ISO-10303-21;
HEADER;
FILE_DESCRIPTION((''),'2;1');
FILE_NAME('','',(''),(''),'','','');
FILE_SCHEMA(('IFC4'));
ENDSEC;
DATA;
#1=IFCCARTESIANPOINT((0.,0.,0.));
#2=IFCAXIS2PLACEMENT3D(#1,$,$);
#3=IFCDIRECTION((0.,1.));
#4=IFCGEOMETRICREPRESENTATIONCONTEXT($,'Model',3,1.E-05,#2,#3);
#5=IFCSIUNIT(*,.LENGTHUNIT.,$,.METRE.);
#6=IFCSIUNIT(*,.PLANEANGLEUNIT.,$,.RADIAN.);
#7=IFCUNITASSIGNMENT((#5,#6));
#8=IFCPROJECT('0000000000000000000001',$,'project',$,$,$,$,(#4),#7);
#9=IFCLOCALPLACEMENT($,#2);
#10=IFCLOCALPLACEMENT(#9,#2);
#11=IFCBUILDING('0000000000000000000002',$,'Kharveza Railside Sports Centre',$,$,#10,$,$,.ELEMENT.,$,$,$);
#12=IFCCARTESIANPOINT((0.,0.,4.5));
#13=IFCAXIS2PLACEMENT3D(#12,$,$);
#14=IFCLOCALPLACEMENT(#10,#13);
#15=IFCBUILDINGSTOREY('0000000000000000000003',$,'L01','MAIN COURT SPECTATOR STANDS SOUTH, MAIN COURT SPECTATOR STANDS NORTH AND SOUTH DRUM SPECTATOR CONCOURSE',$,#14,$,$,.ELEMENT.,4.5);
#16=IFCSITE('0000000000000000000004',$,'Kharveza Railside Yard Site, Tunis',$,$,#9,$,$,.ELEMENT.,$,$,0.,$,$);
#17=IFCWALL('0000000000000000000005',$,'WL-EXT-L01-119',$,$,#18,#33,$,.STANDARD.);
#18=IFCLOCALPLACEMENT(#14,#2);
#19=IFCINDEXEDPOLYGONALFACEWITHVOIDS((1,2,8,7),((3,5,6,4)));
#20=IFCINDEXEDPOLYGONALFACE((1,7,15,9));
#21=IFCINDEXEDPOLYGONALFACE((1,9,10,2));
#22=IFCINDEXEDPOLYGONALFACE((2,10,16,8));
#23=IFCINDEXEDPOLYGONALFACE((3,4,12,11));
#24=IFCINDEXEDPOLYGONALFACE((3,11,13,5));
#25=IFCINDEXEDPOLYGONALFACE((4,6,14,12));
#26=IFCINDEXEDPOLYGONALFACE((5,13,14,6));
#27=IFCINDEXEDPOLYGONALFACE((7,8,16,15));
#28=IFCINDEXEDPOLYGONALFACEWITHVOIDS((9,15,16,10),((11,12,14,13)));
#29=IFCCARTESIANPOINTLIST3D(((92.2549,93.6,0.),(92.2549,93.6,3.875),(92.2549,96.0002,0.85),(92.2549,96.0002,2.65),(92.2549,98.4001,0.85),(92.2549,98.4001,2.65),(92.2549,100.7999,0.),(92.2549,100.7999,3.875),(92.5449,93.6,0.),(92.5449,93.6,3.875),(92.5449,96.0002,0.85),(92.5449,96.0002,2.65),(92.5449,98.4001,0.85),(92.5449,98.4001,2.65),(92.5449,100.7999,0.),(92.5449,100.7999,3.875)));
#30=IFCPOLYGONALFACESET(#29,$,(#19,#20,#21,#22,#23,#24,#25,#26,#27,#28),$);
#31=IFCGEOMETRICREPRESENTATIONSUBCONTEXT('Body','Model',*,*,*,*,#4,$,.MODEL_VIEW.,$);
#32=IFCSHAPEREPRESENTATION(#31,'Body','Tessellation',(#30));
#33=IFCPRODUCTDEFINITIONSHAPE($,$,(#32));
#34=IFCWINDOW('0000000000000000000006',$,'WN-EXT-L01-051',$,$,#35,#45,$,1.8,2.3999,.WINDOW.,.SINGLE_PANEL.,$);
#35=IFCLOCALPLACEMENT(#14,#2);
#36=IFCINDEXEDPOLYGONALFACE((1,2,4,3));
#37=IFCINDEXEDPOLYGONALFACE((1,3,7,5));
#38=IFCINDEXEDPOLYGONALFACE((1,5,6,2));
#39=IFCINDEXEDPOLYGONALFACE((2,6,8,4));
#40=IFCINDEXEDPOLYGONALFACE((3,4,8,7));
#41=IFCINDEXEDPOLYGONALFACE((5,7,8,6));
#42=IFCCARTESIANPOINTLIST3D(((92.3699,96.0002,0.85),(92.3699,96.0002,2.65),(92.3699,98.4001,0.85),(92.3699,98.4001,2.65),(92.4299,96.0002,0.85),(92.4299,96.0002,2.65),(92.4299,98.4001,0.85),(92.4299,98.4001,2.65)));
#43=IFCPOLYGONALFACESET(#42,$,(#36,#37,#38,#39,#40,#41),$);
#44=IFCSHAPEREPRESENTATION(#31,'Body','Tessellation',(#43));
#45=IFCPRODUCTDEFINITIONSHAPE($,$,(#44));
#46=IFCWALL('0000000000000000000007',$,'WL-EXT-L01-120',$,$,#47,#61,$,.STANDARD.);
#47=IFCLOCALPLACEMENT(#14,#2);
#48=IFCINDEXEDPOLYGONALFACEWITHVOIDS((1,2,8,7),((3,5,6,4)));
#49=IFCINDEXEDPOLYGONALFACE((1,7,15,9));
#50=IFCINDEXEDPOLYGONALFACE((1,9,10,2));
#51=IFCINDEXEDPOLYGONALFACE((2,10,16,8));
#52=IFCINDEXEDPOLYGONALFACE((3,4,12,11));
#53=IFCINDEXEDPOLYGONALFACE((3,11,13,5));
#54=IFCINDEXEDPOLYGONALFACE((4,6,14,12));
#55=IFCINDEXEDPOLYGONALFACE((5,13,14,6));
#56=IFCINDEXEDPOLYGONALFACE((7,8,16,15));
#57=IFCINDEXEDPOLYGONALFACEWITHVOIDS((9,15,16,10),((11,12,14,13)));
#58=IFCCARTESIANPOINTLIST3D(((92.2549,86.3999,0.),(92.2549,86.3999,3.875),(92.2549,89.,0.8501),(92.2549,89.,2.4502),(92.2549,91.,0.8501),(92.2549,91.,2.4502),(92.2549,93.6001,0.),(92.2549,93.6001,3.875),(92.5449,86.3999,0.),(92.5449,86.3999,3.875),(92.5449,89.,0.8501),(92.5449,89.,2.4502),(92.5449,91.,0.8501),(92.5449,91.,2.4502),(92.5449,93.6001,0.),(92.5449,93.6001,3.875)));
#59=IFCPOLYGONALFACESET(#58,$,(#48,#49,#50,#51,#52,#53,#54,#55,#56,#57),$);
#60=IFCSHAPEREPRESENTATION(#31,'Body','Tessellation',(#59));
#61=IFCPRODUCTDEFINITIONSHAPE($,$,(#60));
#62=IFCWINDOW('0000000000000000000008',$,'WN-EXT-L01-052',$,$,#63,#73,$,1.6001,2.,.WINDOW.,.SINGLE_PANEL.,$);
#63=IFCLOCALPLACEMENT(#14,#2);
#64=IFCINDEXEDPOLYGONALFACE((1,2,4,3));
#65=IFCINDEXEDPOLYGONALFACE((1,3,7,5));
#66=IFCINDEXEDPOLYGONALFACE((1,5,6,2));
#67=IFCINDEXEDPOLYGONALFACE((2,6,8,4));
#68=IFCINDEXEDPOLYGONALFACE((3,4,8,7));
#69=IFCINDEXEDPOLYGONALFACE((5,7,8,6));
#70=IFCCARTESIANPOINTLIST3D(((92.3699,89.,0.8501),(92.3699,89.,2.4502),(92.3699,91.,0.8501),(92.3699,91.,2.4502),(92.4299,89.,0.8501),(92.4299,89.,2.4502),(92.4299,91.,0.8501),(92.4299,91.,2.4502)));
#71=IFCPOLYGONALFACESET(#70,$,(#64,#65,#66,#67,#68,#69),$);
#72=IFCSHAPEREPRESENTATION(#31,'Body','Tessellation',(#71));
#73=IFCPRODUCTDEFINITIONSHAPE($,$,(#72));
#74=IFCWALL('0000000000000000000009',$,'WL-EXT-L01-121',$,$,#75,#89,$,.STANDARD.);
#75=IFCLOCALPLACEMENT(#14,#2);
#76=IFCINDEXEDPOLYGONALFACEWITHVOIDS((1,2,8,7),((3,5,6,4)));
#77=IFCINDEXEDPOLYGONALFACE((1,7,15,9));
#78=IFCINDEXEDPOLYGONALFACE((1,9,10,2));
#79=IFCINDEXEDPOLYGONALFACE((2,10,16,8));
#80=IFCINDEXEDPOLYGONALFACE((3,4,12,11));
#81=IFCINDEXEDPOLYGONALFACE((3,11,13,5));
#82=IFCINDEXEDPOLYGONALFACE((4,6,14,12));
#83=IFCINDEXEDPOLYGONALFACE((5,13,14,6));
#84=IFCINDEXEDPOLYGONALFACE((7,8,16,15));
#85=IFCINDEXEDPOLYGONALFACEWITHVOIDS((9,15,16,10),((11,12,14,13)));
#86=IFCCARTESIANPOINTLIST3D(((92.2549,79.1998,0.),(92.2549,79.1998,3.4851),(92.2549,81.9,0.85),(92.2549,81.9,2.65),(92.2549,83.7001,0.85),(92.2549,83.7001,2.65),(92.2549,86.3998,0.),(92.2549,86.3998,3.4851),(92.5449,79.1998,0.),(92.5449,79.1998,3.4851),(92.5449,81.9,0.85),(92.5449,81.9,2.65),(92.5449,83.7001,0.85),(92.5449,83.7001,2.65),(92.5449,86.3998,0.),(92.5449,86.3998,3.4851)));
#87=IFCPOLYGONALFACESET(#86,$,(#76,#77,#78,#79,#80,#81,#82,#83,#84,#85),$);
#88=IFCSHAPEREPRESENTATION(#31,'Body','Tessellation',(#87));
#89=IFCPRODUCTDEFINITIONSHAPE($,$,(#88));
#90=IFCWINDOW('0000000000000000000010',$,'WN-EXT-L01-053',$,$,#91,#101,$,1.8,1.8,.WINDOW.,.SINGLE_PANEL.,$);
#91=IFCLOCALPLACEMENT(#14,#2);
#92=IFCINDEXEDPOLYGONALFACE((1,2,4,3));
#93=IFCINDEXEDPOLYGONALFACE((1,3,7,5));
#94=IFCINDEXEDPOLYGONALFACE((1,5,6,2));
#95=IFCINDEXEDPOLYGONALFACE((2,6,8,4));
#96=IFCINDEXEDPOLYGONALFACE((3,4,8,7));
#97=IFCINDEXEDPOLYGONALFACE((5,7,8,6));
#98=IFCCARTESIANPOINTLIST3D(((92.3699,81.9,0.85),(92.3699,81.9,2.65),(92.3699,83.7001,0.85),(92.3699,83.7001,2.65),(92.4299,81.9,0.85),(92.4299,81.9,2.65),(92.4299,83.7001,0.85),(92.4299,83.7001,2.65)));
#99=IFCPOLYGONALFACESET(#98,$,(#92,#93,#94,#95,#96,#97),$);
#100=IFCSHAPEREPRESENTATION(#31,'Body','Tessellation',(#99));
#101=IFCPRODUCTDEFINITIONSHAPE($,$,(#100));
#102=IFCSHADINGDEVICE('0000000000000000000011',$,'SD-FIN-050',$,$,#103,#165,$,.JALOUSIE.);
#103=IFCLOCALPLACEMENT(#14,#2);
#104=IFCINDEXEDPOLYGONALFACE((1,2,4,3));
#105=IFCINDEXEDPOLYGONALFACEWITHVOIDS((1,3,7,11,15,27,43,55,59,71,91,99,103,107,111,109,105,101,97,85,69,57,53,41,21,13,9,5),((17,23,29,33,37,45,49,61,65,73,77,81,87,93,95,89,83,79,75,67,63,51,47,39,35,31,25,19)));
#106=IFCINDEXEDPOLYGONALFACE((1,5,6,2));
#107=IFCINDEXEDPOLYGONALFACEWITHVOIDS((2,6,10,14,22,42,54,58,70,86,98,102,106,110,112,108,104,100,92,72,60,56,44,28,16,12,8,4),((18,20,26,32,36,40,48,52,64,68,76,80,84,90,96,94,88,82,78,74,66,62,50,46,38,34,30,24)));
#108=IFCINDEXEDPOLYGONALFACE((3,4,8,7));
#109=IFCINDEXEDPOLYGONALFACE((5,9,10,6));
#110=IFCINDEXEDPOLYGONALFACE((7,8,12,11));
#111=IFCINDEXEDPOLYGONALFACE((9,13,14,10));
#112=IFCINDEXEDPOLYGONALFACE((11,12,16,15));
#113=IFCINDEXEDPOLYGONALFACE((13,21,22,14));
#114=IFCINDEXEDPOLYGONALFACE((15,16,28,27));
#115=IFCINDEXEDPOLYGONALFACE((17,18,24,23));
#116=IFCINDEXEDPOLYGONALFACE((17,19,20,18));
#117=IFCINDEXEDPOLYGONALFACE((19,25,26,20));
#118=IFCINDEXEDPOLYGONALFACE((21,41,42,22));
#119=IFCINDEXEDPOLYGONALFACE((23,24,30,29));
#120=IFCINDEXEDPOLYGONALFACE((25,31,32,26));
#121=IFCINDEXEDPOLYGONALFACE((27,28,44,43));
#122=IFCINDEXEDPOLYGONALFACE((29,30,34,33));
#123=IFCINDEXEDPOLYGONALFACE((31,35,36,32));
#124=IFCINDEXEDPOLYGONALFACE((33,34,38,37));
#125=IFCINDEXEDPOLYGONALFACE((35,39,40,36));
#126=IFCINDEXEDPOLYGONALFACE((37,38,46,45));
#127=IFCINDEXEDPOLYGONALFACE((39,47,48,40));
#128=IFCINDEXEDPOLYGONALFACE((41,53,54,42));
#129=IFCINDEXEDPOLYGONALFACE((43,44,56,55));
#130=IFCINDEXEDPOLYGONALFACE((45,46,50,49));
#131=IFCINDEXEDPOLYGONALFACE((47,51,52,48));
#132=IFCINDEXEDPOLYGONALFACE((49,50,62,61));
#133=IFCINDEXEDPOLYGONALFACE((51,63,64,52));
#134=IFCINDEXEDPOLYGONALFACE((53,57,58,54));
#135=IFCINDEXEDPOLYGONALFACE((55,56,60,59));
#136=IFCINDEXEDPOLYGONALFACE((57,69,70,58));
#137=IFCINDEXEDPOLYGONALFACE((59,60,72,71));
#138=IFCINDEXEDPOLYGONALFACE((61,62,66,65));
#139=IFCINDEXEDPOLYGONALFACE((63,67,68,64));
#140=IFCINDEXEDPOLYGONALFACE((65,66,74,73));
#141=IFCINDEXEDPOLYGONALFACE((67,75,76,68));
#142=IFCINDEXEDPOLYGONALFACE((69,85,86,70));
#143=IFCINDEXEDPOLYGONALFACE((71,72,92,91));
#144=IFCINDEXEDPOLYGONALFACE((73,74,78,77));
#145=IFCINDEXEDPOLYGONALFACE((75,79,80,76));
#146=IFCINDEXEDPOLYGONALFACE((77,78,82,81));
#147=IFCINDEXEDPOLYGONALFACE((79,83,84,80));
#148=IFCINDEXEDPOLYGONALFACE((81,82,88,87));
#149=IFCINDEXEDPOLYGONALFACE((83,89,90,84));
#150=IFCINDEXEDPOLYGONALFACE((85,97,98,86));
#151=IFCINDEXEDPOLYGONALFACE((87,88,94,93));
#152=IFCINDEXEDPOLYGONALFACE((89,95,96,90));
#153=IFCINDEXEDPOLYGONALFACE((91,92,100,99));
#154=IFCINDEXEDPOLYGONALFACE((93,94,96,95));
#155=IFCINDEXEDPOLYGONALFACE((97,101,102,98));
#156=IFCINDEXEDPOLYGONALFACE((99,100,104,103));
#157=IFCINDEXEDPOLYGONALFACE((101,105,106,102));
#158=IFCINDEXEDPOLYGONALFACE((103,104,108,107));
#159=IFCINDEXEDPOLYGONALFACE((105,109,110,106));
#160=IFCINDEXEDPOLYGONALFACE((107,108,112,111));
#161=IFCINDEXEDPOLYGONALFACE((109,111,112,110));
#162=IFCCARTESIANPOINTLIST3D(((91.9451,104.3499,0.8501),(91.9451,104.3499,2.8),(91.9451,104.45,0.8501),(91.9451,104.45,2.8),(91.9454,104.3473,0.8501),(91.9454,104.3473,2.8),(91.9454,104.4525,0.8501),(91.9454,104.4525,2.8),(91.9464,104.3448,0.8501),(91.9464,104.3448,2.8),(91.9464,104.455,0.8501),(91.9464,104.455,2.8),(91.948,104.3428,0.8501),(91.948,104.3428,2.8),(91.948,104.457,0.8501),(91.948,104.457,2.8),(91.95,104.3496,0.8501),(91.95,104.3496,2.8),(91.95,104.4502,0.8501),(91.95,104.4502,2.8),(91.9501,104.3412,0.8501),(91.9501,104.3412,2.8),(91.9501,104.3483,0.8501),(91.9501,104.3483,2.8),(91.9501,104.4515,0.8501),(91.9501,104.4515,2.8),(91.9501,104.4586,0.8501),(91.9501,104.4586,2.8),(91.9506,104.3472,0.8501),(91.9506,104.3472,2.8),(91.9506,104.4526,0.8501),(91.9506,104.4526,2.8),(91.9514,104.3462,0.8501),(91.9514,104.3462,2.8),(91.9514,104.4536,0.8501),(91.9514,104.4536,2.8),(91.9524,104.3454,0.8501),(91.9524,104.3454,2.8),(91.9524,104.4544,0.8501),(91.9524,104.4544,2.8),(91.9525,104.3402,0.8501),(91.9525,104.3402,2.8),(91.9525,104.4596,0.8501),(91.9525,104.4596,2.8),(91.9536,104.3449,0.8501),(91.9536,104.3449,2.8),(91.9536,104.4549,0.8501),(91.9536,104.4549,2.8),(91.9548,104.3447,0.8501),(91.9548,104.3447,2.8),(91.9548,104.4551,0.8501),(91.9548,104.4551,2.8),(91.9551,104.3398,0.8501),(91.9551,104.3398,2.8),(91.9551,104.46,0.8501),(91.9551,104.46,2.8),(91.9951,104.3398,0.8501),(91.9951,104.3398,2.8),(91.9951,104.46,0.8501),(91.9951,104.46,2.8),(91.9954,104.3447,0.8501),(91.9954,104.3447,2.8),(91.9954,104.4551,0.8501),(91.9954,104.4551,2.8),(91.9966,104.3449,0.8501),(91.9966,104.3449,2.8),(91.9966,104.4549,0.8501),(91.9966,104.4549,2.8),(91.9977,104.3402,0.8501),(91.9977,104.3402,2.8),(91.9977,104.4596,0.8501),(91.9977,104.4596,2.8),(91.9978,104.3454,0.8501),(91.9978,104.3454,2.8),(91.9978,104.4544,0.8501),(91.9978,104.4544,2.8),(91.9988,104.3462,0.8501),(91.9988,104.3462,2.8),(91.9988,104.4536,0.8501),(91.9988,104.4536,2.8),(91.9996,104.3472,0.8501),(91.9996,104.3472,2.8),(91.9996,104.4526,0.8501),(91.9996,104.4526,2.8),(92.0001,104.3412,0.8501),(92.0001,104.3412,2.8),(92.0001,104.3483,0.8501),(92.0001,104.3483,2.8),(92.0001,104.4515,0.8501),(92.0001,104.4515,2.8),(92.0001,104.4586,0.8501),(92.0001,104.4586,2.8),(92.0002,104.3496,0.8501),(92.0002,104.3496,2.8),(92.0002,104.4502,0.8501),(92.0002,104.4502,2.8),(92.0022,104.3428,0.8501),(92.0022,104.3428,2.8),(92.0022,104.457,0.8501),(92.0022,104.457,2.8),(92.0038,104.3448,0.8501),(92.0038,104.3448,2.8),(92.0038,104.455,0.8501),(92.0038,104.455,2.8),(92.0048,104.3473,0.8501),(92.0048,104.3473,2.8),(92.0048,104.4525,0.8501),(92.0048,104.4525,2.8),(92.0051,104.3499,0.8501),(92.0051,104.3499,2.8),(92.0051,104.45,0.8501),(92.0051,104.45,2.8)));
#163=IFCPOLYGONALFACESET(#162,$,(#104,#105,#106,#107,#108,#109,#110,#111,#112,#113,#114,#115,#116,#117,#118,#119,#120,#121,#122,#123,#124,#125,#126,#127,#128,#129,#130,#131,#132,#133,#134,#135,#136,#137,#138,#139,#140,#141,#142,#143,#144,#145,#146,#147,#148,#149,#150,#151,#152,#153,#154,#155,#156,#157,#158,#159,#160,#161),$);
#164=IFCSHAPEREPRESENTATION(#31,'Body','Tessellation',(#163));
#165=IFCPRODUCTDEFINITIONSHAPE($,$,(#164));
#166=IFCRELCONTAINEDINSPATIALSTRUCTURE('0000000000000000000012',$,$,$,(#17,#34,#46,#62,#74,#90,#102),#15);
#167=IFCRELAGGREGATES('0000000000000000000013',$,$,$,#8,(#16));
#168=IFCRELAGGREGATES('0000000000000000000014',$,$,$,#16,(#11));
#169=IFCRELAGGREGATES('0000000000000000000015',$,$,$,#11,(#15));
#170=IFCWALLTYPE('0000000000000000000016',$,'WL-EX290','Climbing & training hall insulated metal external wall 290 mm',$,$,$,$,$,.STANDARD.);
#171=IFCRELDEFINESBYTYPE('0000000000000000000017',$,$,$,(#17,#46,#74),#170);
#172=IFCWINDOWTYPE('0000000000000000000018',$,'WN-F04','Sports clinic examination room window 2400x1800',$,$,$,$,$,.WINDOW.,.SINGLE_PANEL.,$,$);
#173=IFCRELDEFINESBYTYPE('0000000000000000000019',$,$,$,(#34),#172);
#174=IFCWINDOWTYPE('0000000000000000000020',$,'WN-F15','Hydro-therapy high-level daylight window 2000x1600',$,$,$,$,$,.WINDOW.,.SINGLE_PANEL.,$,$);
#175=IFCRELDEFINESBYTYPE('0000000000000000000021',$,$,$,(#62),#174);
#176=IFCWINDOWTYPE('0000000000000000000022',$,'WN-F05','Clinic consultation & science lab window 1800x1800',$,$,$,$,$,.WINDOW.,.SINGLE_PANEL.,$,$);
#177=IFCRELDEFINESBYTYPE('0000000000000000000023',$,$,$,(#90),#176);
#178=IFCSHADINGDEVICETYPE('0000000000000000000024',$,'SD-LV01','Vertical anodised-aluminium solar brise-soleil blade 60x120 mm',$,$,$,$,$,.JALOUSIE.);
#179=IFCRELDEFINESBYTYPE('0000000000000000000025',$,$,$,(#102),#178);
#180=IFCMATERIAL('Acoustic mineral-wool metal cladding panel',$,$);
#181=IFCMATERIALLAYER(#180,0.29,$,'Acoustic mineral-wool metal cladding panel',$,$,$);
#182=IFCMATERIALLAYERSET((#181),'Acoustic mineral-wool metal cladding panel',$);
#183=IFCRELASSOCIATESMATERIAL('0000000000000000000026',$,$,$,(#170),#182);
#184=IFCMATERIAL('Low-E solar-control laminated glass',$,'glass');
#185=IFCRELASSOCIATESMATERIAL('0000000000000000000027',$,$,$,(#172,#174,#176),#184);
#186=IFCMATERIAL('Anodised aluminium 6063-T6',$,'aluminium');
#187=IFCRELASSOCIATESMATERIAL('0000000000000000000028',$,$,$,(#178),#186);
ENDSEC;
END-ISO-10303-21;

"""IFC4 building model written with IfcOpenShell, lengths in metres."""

from ifc_helpers import new_model, si_unit, direction, frame, frame_2d, origin, origin_2d, place, context, subcontext, project, spatial, rectangle, hollow_rectangle, extrude, material, layer, layer_set, material_profile, profile_set, type_object, element, fill, save


model = new_model("IFC4")

# Units and contexts
model_context = context("Model", 3, precision=1e-05, world=origin(), true_north=direction((0.0, 1.0)))
body_context = subcontext(model_context, "Body", "Model", "MODEL_VIEW")
ifc_project = project(units=[si_unit("LENGTHUNIT", "METRE"), si_unit("PLANEANGLEUNIT", "RADIAN")], contexts=[model_context])

# Site, building, storey
site_placement = place(None, origin())
site = spatial("IfcSite", under=ifc_project, at=site_placement, Name="Kharveza Railside Yard Site, Tunis", CompositionType="ELEMENT", RefElevation=0.0)
building_placement = place(site_placement, origin())
building = spatial("IfcBuilding", under=site, at=building_placement, Name="Kharveza Railside Sports Centre", CompositionType="ELEMENT")
storey_placement = place(building_placement, frame((0.0, 0.0, 4.5)))
storey = spatial("IfcBuildingStorey", under=building, at=storey_placement, Name="L01", Description="MAIN COURT SPECTATOR STANDS SOUTH, MAIN COURT SPECTATOR STANDS NORTH AND SOUTH DRUM SPECTATOR CONCOURSE", CompositionType="ELEMENT", Elevation=4.5)

# Shared definitions
ifc_material_1 = material(Name="Acoustic mineral-wool metal cladding panel")

# Walls, openings, windows
ifc_layer_1 = layer(ifc_material_1, 0.29, Name="Acoustic mineral-wool metal cladding panel")
ifc_layer_set_1 = layer_set([ifc_layer_1], Name="Acoustic mineral-wool metal cladding panel")
wall_type_1 = type_object("IfcWallType", Name="WL-EX290", Description="Climbing & training hall insulated metal external wall 290 mm", PredefinedType="STANDARD", material=ifc_layer_set_1)
ifc_material_2 = material(Name="Low-E solar-control laminated glass", Category="glass")
wall_1_placement = place(storey_placement, frame((92.3999, 100.8, 0.0), z_axis=(0.0, 0.0, 1.0), x_axis=(0.0, -1.0, 0.0)))
wall_1 = element("IfcWall", 1, at=wall_1_placement, inside=storey, type_object=wall_type_1, Name="WL-EXT-L01-119", PredefinedType="STANDARD", context=body_context, shape_type="SweptSolid", body=[
    extrude(rectangle(XDim=7.2, YDim=0.29, at=frame_2d((3.6001, 0.0))), origin(), (0.0, 0.0, 1.0), 3.875),
])
opening_1_placement = place(wall_1_placement, frame((2.3999, 0.0, 0.8501)))
opening_1 = element("IfcOpeningElement", 2, at=opening_1_placement, cuts=wall_1, PredefinedType="OPENING", context=body_context, shape_type="SweptSolid", body=[
    extrude(rectangle(XDim=2.3999, YDim=1.8, at=frame_2d((1.2, 0.8999))), frame((0.0, 0.1699, 0.0), z_axis=(0.0, -1.0, 0.0), x_axis=(1.0, 0.0, 0.0)), (0.0, 0.0, 1.0), 0.3398),
])
window_type_1 = type_object("IfcWindowType", Name="WN-F04", Description="Sports clinic examination room window 2400x1800", PartitioningType="SINGLE_PANEL", PredefinedType="WINDOW", material=ifc_material_2)
window_1_placement = place(opening_1_placement, origin())
window_1 = element("IfcWindow", 3, at=window_1_placement, inside=storey, type_object=window_type_1, Name="WN-EXT-L01-051", OverallHeight=1.8, OverallWidth=2.3999, PartitioningType="SINGLE_PANEL", PredefinedType="WINDOW", context=body_context, shape_type="SweptSolid", body=[
    extrude(rectangle(XDim=2.3999, YDim=1.8, at=frame_2d((1.2, 0.8999))), frame((0.0, 0.03, 0.0), z_axis=(0.0, -1.0, 0.0), x_axis=(1.0, 0.0, 0.0)), (0.0, 0.0, 1.0), 0.0601),
])
fill(opening_1, window_1)
wall_2_placement = place(storey_placement, frame((92.3999, 93.6001, 0.0), z_axis=(0.0, 0.0, 1.0), x_axis=(0.0, -1.0, 0.0)))
wall_2 = element("IfcWall", 4, at=wall_2_placement, inside=storey, type_object=wall_type_1, Name="WL-EXT-L01-120", PredefinedType="STANDARD", context=body_context, shape_type="SweptSolid", body=[
    extrude(rectangle(XDim=7.2002, YDim=0.29, at=frame_2d((3.6001, 0.0))), origin(), (0.0, 0.0, 1.0), 3.875),
])
opening_2_placement = place(wall_2_placement, frame((2.6001, 0.0, 0.8501)))
opening_2 = element("IfcOpeningElement", 5, at=opening_2_placement, cuts=wall_2, PredefinedType="OPENING", context=body_context, shape_type="SweptSolid", body=[
    extrude(rectangle(XDim=2.0, YDim=1.6001, at=frame_2d((1.0, 0.8))), frame((0.0, 0.1699, 0.0), z_axis=(0.0, -1.0, 0.0), x_axis=(1.0, 0.0, 0.0)), (0.0, 0.0, 1.0), 0.3398),
])
window_type_2 = type_object("IfcWindowType", Name="WN-F15", Description="Hydro-therapy high-level daylight window 2000x1600", PartitioningType="SINGLE_PANEL", PredefinedType="WINDOW", material=ifc_material_2)
window_2_placement = place(opening_2_placement, origin())
window_2 = element("IfcWindow", 6, at=window_2_placement, inside=storey, type_object=window_type_2, Name="WN-EXT-L01-052", OverallHeight=1.6001, OverallWidth=2.0, PartitioningType="SINGLE_PANEL", PredefinedType="WINDOW", context=body_context, shape_type="SweptSolid", body=[
    extrude(rectangle(XDim=2.0, YDim=1.6001, at=frame_2d((1.0, 0.8))), frame((0.0, 0.03, 0.0), z_axis=(0.0, -1.0, 0.0), x_axis=(1.0, 0.0, 0.0)), (0.0, 0.0, 1.0), 0.0601),
])
fill(opening_2, window_2)
wall_3_placement = place(storey_placement, frame((92.3999, 86.3999, 0.0), z_axis=(0.0, 0.0, 1.0), x_axis=(0.0, -1.0, 0.0)))
wall_3 = element("IfcWall", 7, at=wall_3_placement, inside=storey, type_object=wall_type_1, Name="WL-EXT-L01-121", PredefinedType="STANDARD", context=body_context, shape_type="SweptSolid", body=[
    extrude(rectangle(XDim=7.2, YDim=0.29, at=frame_2d((3.6001, 0.0))), origin(), (0.0, 0.0, 1.0), 3.4851),
])
opening_3_placement = place(wall_3_placement, frame((2.7, 0.0, 0.8501)))
opening_3 = element("IfcOpeningElement", 8, at=opening_3_placement, cuts=wall_3, PredefinedType="OPENING", context=body_context, shape_type="SweptSolid", body=[
    extrude(rectangle(XDim=1.8, YDim=1.8, at=frame_2d((0.8999, 0.8999))), frame((0.0, 0.1699, 0.0), z_axis=(0.0, -1.0, 0.0), x_axis=(1.0, 0.0, 0.0)), (0.0, 0.0, 1.0), 0.3398),
])
window_type_3 = type_object("IfcWindowType", Name="WN-F05", Description="Clinic consultation & science lab window 1800x1800", PartitioningType="SINGLE_PANEL", PredefinedType="WINDOW", material=ifc_material_2)
window_3_placement = place(opening_3_placement, origin())
window_3 = element("IfcWindow", 9, at=window_3_placement, inside=storey, type_object=window_type_3, Name="WN-EXT-L01-053", OverallHeight=1.8, OverallWidth=1.8, PartitioningType="SINGLE_PANEL", PredefinedType="WINDOW", context=body_context, shape_type="SweptSolid", body=[
    extrude(rectangle(XDim=1.8, YDim=1.8, at=frame_2d((0.8999, 0.8999))), frame((0.0, 0.03, 0.0), z_axis=(0.0, -1.0, 0.0), x_axis=(1.0, 0.0, 0.0)), (0.0, 0.0, 1.0), 0.0601),
])
fill(opening_3, window_3)

# Shading device
ifc_material_3 = material(Name="Anodised aluminium 6063-T6", Category="aluminium")
ifc_material_profile_1 = material_profile(ifc_material_3, hollow_rectangle(XDim=0.0601, YDim=0.1201, WallThickness=0.0049, InnerFilletRadius=0.0049, OuterFilletRadius=0.01, at=origin_2d()), Name="RHS 60x120x5.0")
ifc_profile_set_1 = profile_set([ifc_material_profile_1], Name="Anodised aluminium 6063-T6")
shading_device_type = type_object("IfcShadingDeviceType", Name="SD-LV01", Description="Vertical anodised-aluminium solar brise-soleil blade 60x120 mm", PredefinedType="JALOUSIE", material=ifc_profile_set_1)
shading_device_1_placement = place(storey_placement, frame((91.9751, 104.3999, 0.8501), z_axis=(0.0, 0.0, 1.0), x_axis=(-1.0, 0.0, 0.0)))
element("IfcShadingDevice", 10, at=shading_device_1_placement, inside=storey, type_object=shading_device_type, Name="SD-FIN-050", PredefinedType="JALOUSIE", context=body_context, shape_type="SweptSolid", body=[
    extrude(hollow_rectangle(XDim=0.0601, YDim=0.1201, WallThickness=0.0049, InnerFilletRadius=0.0049, OuterFilletRadius=0.01, at=origin_2d()), origin(), (0.0, 0.0, 1.0), 1.95),
])

save(model, "model.ifc")
